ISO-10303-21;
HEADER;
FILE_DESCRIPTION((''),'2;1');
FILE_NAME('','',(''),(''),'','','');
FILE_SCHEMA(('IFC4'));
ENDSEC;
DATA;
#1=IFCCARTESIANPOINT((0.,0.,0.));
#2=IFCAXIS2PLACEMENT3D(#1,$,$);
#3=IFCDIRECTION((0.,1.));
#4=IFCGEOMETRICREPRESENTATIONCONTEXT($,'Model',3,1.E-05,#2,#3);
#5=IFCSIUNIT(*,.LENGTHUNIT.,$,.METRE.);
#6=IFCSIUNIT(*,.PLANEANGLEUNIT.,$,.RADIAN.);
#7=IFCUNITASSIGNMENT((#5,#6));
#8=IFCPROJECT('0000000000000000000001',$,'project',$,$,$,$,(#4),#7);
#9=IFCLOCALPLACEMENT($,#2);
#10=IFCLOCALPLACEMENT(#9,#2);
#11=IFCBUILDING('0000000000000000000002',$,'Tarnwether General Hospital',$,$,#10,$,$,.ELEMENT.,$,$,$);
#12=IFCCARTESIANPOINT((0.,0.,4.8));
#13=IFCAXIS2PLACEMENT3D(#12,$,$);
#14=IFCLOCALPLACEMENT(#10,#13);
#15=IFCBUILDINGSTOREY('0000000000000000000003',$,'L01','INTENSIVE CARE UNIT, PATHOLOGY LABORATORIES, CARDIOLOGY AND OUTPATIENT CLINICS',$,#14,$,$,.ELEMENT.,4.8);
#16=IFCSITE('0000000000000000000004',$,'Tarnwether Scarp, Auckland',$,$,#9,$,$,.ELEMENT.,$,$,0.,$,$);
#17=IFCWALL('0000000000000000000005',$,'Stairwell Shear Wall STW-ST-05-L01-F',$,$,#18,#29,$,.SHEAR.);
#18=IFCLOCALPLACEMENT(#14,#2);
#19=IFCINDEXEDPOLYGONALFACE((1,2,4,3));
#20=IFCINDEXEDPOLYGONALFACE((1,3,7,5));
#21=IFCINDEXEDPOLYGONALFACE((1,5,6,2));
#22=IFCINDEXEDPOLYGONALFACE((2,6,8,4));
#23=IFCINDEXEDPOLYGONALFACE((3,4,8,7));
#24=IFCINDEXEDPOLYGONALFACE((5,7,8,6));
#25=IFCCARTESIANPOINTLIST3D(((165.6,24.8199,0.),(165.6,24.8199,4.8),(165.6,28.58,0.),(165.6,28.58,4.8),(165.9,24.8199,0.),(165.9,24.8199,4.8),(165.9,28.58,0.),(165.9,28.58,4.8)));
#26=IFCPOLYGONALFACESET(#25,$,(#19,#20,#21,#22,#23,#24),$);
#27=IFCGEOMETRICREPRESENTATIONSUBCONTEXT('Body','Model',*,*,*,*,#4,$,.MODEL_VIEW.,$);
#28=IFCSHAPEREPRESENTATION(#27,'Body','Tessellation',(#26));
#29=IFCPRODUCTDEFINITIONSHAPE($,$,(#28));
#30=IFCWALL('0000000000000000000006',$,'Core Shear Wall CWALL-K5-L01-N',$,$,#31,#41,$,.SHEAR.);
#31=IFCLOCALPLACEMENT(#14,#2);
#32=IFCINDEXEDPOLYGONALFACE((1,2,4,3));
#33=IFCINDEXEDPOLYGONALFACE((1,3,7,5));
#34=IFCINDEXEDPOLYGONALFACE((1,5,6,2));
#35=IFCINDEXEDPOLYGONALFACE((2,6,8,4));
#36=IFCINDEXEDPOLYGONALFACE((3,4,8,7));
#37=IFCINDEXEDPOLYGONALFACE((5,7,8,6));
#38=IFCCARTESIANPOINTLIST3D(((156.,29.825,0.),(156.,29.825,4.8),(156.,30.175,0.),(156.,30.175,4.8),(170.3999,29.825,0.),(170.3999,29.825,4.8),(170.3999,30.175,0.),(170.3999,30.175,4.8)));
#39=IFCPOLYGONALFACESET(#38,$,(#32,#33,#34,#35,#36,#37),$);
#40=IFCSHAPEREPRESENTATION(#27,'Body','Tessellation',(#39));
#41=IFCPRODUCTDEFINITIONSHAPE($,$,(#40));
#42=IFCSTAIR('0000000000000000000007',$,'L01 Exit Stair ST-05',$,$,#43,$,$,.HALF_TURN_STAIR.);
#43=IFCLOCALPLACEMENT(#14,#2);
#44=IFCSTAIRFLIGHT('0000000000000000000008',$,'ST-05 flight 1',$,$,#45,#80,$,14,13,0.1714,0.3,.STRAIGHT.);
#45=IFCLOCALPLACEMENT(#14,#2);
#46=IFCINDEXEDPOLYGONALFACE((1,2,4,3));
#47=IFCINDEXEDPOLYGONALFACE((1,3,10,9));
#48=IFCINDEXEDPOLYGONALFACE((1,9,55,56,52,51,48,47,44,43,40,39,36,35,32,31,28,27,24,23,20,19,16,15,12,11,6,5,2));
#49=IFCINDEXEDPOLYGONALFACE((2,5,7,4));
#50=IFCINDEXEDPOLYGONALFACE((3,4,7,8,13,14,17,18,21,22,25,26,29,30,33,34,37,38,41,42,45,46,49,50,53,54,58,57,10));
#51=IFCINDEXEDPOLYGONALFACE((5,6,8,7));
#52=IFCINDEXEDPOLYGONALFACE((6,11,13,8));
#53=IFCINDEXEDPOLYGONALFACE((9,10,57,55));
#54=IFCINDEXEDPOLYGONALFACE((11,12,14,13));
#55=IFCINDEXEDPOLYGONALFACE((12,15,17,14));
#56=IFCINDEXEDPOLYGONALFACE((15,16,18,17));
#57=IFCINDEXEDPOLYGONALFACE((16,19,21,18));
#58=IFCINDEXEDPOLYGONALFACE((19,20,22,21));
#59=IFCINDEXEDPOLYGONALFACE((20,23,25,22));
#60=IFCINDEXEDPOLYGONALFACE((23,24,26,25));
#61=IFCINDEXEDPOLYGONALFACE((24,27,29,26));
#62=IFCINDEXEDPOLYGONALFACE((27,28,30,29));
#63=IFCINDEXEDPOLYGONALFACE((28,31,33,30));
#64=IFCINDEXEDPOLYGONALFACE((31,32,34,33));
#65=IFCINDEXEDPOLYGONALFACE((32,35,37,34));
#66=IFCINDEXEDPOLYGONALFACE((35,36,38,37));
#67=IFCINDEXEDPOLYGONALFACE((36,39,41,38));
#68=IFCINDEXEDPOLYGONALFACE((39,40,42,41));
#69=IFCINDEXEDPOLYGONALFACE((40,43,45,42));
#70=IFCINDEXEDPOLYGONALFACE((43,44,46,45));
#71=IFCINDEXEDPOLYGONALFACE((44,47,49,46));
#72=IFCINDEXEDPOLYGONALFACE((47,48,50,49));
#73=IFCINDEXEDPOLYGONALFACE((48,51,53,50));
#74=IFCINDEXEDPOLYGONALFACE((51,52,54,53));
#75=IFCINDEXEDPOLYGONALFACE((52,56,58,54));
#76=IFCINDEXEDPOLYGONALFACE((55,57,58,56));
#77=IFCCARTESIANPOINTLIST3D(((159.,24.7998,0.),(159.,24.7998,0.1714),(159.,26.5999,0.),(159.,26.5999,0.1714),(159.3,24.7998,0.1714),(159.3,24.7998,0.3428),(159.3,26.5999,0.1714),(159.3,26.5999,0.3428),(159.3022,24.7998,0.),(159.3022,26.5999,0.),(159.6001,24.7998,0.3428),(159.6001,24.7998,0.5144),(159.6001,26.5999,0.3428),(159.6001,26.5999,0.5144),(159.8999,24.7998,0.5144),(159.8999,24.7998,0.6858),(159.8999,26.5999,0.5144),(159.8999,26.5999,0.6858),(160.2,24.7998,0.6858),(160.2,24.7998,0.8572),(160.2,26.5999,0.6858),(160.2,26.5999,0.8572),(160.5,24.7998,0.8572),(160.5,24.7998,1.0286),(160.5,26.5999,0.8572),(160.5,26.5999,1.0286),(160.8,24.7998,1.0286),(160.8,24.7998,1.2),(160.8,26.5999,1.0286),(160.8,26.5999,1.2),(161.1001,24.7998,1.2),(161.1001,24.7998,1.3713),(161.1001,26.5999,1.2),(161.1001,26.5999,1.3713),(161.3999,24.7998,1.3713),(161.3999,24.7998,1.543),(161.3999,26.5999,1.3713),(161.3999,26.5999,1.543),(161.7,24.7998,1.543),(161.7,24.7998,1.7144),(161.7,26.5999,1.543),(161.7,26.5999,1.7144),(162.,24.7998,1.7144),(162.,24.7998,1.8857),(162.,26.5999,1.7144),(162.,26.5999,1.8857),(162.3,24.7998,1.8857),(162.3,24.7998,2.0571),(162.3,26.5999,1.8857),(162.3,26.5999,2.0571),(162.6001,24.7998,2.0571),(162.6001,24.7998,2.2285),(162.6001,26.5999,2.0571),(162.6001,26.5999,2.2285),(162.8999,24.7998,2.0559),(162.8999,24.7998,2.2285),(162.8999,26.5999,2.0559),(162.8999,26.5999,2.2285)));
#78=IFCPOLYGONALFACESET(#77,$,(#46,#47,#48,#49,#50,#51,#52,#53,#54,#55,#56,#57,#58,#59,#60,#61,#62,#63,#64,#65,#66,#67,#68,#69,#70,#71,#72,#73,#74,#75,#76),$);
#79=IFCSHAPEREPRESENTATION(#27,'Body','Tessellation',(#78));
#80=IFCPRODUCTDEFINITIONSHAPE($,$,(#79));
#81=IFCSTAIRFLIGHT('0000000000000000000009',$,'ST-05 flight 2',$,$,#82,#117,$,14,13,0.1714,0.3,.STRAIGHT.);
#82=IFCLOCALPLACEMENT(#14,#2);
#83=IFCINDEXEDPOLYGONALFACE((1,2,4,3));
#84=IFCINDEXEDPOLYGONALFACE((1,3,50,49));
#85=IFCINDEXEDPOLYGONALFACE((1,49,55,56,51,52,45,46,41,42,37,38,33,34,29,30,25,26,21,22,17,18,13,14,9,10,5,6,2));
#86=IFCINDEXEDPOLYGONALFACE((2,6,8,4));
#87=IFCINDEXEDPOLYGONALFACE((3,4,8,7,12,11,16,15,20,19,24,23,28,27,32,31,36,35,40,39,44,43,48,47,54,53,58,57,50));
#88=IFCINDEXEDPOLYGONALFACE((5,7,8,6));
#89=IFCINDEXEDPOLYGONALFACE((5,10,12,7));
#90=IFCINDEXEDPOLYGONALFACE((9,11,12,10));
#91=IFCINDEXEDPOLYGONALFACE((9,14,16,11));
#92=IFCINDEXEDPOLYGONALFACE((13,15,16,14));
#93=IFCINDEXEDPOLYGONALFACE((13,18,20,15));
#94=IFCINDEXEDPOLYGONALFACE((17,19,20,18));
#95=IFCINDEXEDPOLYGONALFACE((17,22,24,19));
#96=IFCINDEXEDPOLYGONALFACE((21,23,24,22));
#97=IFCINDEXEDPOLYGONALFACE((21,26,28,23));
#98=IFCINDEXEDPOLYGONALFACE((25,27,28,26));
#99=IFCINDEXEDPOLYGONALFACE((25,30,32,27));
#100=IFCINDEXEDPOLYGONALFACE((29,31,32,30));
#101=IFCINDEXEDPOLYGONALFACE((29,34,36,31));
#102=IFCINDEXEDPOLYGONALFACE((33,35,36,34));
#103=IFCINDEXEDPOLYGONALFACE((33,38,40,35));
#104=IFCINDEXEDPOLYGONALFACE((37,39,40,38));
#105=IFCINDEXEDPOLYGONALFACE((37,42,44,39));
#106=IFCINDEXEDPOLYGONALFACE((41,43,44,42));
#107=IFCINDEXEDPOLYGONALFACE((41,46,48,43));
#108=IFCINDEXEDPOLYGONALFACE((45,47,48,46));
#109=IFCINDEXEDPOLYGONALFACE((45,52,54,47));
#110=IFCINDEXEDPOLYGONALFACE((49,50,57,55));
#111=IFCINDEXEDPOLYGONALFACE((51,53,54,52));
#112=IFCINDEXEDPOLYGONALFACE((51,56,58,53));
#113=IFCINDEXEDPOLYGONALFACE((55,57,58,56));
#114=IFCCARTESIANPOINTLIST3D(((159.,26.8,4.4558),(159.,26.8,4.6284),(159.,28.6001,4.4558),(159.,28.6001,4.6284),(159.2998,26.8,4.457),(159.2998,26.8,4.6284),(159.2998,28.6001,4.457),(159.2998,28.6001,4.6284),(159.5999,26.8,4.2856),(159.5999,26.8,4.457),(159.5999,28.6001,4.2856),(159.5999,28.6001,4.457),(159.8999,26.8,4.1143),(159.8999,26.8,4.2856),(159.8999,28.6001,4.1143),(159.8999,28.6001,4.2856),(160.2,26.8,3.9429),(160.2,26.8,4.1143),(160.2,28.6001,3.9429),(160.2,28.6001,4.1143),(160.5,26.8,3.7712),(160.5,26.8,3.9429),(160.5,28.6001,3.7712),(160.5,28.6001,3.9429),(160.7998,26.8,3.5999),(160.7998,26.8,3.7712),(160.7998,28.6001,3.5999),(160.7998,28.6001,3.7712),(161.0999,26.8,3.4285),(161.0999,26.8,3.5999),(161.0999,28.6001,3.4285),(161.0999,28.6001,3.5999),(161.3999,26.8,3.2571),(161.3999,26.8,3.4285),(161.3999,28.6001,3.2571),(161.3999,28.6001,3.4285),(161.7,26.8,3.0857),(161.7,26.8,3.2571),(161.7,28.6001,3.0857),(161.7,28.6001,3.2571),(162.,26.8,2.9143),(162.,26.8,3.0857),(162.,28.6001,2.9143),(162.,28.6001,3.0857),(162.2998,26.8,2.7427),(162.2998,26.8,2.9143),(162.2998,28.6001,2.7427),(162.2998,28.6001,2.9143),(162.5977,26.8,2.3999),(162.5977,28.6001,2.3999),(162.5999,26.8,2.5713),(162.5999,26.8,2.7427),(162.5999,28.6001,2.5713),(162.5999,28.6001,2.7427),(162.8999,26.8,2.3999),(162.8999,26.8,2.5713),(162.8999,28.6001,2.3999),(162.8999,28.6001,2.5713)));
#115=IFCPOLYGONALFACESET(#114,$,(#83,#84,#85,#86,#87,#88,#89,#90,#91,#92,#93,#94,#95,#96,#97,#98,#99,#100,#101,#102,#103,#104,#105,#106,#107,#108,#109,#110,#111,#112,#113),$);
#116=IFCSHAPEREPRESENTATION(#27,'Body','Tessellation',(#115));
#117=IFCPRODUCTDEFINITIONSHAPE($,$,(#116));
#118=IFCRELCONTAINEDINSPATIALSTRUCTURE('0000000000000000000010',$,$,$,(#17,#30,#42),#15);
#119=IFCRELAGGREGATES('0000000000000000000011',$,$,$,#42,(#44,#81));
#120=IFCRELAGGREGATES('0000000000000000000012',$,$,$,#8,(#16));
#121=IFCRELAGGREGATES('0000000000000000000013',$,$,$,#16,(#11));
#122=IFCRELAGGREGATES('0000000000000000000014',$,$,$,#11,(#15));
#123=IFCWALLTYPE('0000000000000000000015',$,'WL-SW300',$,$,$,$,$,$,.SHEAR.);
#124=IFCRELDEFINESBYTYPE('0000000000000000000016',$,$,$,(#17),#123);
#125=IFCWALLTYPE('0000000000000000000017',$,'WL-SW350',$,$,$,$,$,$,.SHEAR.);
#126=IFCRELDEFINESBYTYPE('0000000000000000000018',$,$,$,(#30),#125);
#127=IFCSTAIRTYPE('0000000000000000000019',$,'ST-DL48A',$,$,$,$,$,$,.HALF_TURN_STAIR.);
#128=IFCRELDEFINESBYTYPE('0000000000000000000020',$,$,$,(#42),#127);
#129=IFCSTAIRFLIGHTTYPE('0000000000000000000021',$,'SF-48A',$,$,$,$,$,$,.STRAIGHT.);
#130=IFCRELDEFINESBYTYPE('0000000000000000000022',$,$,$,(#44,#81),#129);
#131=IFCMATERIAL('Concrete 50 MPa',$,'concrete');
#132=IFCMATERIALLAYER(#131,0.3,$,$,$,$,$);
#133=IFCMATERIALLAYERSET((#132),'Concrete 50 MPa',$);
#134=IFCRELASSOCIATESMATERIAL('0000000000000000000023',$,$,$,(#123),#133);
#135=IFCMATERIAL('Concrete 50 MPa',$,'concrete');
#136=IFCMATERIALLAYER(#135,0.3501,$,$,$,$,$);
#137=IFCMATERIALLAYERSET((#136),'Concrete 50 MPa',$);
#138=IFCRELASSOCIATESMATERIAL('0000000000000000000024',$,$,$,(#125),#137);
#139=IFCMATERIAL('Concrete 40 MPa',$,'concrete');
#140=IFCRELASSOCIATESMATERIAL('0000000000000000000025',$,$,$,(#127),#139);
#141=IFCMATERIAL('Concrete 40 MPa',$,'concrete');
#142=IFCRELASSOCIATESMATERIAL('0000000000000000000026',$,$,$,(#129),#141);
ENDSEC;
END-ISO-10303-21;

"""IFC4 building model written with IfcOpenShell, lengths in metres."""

from ifc_helpers import new_model, si_unit, direction, frame, frame_2d, origin, place, context, subcontext, project, spatial, polyline, rectangle, outline, extrude, material, layer, layer_set, type_object, element, aggregate, save


model = new_model("IFC4")

# Units and contexts
model_context = context("Model", 3, precision=1e-05, world=origin(), true_north=direction((0.0, 1.0)))
body_context = subcontext(model_context, "Body", "Model", "MODEL_VIEW")
ifc_project = project(units=[si_unit("LENGTHUNIT", "METRE"), si_unit("PLANEANGLEUNIT", "RADIAN")], contexts=[model_context])

# Site, building, storey
site_placement = place(None, origin())
site = spatial("IfcSite", under=ifc_project, at=site_placement, Name="Tarnwether Scarp, Auckland", CompositionType="ELEMENT", RefElevation=0.0)
building_placement = place(site_placement, origin())
building = spatial("IfcBuilding", under=site, at=building_placement, Name="Tarnwether General Hospital", CompositionType="ELEMENT")
storey_placement = place(building_placement, frame((0.0, 0.0, 4.8)))
storey = spatial("IfcBuildingStorey", under=building, at=storey_placement, Name="L01", Description="INTENSIVE CARE UNIT, PATHOLOGY LABORATORIES, CARDIOLOGY AND OUTPATIENT CLINICS", CompositionType="ELEMENT", Elevation=4.8)

# Shared definitions
ifc_material_1 = material(Name="Concrete 50 MPa", Category="concrete")
ifc_layer_1 = layer(ifc_material_1, 0.3)
ifc_layer_set_1 = layer_set([ifc_layer_1], Name="Concrete 50 MPa")
wall_type_1 = type_object("IfcWallType", Name="WL-SW300", PredefinedType="SHEAR", material=ifc_layer_set_1)

# Walls
for number, where, z_axis, x_axis, name in (
    (1, (165.75, 24.8201, 0.0), (0.0, 0.0, 1.0), (0.0, 1.0, 0.0), "Stairwell Shear Wall STW-ST-05-L01-F"),
):
    element("IfcWall", number, at=place(storey_placement, frame(where, z_axis=z_axis, x_axis=x_axis)), inside=storey, type_object=wall_type_1, Name=name, PredefinedType="SHEAR", context=body_context, shape_type="SweptSolid", body=[
        extrude(rectangle(XDim=3.76, YDim=0.3, at=frame_2d((1.8799, 0.0))), origin(), (0.0, 0.0, 1.0), 4.8),
    ])
ifc_material_2 = material(Name="Concrete 50 MPa", Category="concrete")
ifc_layer_2 = layer(ifc_material_2, 0.3501)
ifc_layer_set_2 = layer_set([ifc_layer_2], Name="Concrete 50 MPa")
wall_type_2 = type_object("IfcWallType", Name="WL-SW350", PredefinedType="SHEAR", material=ifc_layer_set_2)
wall_1_placement = place(storey_placement, frame((156.0, 30.0, 0.0), z_axis=(0.0, 0.0, 1.0), x_axis=(1.0, 0.0, 0.0)))
element("IfcWall", 2, at=wall_1_placement, inside=storey, type_object=wall_type_2, Name="Core Shear Wall CWALL-K5-L01-N", PredefinedType="SHEAR", context=body_context, shape_type="SweptSolid", body=[
    extrude(rectangle(XDim=14.3999, YDim=0.3501, at=frame_2d((7.2, 0.0))), origin(), (0.0, 0.0, 1.0), 4.8),
])

# Stair, stair flights
ifc_material_3 = material(Name="Concrete 40 MPa", Category="concrete")
stair_type = type_object("IfcStairType", Name="ST-DL48A", PredefinedType="HALF_TURN_STAIR", material=ifc_material_3)
stair_placement = place(storey_placement, origin())
stair = element("IfcStair", 3, at=stair_placement, inside=storey, type_object=stair_type, Name="L01 Exit Stair ST-05", PredefinedType="HALF_TURN_STAIR")
ifc_material_4 = material(Name="Concrete 40 MPa", Category="concrete")
stair_flight_type = type_object("IfcStairFlightType", Name="SF-48A", PredefinedType="STRAIGHT", material=ifc_material_4)
stair_flight_1_placement = place(storey_placement, frame((159.0, 25.7, 0.0), z_axis=(0.0, 0.0, 1.0), x_axis=(1.0, 0.0, 0.0)))
stair_flight_1 = element("IfcStairFlight", 4, at=stair_flight_1_placement, type_object=stair_flight_type, Name="ST-05 flight 1", NumberOfRisers=14, NumberOfTreads=13, PredefinedType="STRAIGHT", RiserHeight=0.1714, TreadLength=0.3, context=body_context, shape_type="SweptSolid", body=[
    extrude(outline(polyline([(0.0, 0.0), (0.0, 0.1714), (0.3, 0.1714), (0.3, 0.3428), (0.6001, 0.3428), (0.6001, 0.5144), (0.8999, 0.5144), (0.8999, 0.6858), (1.2, 0.6858), (1.2, 0.8572), (1.5, 0.8572), (1.5, 1.0286), (1.8, 1.0286), (1.8, 1.2), (2.1001, 1.2), (2.1001, 1.3713), (2.3999, 1.3713), (2.3999, 1.543), (2.7, 1.543), (2.7, 1.7144), (3.0, 1.7144), (3.0, 1.8857), (3.3, 1.8857), (3.3, 2.0571), (3.6001, 2.0571), (3.6001, 2.2285), (3.8999, 2.2285), (3.8999, 2.3999), (3.8999, 2.0559), (0.3022, 0.0), (0.0, 0.0)])), frame((0.0, 0.8999, 0.0), z_axis=(0.0, -1.0, 0.0), x_axis=(1.0, 0.0, 0.0)), (0.0, 0.0, 1.0), 1.8),
])
stair_flight_2_placement = place(storey_placement, frame((162.8999, 27.7, 2.3999), z_axis=(0.0, 0.0, 1.0), x_axis=(-1.0, 0.0, 0.0)))
stair_flight_2 = element("IfcStairFlight", 5, at=stair_flight_2_placement, type_object=stair_flight_type, Name="ST-05 flight 2", NumberOfRisers=14, NumberOfTreads=13, PredefinedType="STRAIGHT", RiserHeight=0.1714, TreadLength=0.3, context=body_context, shape_type="SweptSolid", body=[
    extrude(outline(polyline([(0.0, 0.0), (0.0, 0.1714), (0.3, 0.1714), (0.3, 0.3428), (0.6001, 0.3428), (0.6001, 0.5144), (0.8999, 0.5144), (0.8999, 0.6858), (1.2, 0.6858), (1.2, 0.8572), (1.5, 0.8572), (1.5, 1.0286), (1.8, 1.0286), (1.8, 1.2), (2.1001, 1.2), (2.1001, 1.3713), (2.3999, 1.3713), (2.3999, 1.543), (2.7, 1.543), (2.7, 1.7144), (3.0, 1.7144), (3.0, 1.8857), (3.3, 1.8857), (3.3, 2.0571), (3.6001, 2.0571), (3.6001, 2.2285), (3.8999, 2.2285), (3.8999, 2.3999), (3.8999, 2.0559), (0.3022, 0.0), (0.0, 0.0)])), frame((0.0, 0.8999, 0.0), z_axis=(0.0, -1.0, 0.0), x_axis=(1.0, 0.0, 0.0)), (0.0, 0.0, 1.0), 1.8),
])
aggregate(stair, [stair_flight_1, stair_flight_2])

save(model, "model.ifc")
